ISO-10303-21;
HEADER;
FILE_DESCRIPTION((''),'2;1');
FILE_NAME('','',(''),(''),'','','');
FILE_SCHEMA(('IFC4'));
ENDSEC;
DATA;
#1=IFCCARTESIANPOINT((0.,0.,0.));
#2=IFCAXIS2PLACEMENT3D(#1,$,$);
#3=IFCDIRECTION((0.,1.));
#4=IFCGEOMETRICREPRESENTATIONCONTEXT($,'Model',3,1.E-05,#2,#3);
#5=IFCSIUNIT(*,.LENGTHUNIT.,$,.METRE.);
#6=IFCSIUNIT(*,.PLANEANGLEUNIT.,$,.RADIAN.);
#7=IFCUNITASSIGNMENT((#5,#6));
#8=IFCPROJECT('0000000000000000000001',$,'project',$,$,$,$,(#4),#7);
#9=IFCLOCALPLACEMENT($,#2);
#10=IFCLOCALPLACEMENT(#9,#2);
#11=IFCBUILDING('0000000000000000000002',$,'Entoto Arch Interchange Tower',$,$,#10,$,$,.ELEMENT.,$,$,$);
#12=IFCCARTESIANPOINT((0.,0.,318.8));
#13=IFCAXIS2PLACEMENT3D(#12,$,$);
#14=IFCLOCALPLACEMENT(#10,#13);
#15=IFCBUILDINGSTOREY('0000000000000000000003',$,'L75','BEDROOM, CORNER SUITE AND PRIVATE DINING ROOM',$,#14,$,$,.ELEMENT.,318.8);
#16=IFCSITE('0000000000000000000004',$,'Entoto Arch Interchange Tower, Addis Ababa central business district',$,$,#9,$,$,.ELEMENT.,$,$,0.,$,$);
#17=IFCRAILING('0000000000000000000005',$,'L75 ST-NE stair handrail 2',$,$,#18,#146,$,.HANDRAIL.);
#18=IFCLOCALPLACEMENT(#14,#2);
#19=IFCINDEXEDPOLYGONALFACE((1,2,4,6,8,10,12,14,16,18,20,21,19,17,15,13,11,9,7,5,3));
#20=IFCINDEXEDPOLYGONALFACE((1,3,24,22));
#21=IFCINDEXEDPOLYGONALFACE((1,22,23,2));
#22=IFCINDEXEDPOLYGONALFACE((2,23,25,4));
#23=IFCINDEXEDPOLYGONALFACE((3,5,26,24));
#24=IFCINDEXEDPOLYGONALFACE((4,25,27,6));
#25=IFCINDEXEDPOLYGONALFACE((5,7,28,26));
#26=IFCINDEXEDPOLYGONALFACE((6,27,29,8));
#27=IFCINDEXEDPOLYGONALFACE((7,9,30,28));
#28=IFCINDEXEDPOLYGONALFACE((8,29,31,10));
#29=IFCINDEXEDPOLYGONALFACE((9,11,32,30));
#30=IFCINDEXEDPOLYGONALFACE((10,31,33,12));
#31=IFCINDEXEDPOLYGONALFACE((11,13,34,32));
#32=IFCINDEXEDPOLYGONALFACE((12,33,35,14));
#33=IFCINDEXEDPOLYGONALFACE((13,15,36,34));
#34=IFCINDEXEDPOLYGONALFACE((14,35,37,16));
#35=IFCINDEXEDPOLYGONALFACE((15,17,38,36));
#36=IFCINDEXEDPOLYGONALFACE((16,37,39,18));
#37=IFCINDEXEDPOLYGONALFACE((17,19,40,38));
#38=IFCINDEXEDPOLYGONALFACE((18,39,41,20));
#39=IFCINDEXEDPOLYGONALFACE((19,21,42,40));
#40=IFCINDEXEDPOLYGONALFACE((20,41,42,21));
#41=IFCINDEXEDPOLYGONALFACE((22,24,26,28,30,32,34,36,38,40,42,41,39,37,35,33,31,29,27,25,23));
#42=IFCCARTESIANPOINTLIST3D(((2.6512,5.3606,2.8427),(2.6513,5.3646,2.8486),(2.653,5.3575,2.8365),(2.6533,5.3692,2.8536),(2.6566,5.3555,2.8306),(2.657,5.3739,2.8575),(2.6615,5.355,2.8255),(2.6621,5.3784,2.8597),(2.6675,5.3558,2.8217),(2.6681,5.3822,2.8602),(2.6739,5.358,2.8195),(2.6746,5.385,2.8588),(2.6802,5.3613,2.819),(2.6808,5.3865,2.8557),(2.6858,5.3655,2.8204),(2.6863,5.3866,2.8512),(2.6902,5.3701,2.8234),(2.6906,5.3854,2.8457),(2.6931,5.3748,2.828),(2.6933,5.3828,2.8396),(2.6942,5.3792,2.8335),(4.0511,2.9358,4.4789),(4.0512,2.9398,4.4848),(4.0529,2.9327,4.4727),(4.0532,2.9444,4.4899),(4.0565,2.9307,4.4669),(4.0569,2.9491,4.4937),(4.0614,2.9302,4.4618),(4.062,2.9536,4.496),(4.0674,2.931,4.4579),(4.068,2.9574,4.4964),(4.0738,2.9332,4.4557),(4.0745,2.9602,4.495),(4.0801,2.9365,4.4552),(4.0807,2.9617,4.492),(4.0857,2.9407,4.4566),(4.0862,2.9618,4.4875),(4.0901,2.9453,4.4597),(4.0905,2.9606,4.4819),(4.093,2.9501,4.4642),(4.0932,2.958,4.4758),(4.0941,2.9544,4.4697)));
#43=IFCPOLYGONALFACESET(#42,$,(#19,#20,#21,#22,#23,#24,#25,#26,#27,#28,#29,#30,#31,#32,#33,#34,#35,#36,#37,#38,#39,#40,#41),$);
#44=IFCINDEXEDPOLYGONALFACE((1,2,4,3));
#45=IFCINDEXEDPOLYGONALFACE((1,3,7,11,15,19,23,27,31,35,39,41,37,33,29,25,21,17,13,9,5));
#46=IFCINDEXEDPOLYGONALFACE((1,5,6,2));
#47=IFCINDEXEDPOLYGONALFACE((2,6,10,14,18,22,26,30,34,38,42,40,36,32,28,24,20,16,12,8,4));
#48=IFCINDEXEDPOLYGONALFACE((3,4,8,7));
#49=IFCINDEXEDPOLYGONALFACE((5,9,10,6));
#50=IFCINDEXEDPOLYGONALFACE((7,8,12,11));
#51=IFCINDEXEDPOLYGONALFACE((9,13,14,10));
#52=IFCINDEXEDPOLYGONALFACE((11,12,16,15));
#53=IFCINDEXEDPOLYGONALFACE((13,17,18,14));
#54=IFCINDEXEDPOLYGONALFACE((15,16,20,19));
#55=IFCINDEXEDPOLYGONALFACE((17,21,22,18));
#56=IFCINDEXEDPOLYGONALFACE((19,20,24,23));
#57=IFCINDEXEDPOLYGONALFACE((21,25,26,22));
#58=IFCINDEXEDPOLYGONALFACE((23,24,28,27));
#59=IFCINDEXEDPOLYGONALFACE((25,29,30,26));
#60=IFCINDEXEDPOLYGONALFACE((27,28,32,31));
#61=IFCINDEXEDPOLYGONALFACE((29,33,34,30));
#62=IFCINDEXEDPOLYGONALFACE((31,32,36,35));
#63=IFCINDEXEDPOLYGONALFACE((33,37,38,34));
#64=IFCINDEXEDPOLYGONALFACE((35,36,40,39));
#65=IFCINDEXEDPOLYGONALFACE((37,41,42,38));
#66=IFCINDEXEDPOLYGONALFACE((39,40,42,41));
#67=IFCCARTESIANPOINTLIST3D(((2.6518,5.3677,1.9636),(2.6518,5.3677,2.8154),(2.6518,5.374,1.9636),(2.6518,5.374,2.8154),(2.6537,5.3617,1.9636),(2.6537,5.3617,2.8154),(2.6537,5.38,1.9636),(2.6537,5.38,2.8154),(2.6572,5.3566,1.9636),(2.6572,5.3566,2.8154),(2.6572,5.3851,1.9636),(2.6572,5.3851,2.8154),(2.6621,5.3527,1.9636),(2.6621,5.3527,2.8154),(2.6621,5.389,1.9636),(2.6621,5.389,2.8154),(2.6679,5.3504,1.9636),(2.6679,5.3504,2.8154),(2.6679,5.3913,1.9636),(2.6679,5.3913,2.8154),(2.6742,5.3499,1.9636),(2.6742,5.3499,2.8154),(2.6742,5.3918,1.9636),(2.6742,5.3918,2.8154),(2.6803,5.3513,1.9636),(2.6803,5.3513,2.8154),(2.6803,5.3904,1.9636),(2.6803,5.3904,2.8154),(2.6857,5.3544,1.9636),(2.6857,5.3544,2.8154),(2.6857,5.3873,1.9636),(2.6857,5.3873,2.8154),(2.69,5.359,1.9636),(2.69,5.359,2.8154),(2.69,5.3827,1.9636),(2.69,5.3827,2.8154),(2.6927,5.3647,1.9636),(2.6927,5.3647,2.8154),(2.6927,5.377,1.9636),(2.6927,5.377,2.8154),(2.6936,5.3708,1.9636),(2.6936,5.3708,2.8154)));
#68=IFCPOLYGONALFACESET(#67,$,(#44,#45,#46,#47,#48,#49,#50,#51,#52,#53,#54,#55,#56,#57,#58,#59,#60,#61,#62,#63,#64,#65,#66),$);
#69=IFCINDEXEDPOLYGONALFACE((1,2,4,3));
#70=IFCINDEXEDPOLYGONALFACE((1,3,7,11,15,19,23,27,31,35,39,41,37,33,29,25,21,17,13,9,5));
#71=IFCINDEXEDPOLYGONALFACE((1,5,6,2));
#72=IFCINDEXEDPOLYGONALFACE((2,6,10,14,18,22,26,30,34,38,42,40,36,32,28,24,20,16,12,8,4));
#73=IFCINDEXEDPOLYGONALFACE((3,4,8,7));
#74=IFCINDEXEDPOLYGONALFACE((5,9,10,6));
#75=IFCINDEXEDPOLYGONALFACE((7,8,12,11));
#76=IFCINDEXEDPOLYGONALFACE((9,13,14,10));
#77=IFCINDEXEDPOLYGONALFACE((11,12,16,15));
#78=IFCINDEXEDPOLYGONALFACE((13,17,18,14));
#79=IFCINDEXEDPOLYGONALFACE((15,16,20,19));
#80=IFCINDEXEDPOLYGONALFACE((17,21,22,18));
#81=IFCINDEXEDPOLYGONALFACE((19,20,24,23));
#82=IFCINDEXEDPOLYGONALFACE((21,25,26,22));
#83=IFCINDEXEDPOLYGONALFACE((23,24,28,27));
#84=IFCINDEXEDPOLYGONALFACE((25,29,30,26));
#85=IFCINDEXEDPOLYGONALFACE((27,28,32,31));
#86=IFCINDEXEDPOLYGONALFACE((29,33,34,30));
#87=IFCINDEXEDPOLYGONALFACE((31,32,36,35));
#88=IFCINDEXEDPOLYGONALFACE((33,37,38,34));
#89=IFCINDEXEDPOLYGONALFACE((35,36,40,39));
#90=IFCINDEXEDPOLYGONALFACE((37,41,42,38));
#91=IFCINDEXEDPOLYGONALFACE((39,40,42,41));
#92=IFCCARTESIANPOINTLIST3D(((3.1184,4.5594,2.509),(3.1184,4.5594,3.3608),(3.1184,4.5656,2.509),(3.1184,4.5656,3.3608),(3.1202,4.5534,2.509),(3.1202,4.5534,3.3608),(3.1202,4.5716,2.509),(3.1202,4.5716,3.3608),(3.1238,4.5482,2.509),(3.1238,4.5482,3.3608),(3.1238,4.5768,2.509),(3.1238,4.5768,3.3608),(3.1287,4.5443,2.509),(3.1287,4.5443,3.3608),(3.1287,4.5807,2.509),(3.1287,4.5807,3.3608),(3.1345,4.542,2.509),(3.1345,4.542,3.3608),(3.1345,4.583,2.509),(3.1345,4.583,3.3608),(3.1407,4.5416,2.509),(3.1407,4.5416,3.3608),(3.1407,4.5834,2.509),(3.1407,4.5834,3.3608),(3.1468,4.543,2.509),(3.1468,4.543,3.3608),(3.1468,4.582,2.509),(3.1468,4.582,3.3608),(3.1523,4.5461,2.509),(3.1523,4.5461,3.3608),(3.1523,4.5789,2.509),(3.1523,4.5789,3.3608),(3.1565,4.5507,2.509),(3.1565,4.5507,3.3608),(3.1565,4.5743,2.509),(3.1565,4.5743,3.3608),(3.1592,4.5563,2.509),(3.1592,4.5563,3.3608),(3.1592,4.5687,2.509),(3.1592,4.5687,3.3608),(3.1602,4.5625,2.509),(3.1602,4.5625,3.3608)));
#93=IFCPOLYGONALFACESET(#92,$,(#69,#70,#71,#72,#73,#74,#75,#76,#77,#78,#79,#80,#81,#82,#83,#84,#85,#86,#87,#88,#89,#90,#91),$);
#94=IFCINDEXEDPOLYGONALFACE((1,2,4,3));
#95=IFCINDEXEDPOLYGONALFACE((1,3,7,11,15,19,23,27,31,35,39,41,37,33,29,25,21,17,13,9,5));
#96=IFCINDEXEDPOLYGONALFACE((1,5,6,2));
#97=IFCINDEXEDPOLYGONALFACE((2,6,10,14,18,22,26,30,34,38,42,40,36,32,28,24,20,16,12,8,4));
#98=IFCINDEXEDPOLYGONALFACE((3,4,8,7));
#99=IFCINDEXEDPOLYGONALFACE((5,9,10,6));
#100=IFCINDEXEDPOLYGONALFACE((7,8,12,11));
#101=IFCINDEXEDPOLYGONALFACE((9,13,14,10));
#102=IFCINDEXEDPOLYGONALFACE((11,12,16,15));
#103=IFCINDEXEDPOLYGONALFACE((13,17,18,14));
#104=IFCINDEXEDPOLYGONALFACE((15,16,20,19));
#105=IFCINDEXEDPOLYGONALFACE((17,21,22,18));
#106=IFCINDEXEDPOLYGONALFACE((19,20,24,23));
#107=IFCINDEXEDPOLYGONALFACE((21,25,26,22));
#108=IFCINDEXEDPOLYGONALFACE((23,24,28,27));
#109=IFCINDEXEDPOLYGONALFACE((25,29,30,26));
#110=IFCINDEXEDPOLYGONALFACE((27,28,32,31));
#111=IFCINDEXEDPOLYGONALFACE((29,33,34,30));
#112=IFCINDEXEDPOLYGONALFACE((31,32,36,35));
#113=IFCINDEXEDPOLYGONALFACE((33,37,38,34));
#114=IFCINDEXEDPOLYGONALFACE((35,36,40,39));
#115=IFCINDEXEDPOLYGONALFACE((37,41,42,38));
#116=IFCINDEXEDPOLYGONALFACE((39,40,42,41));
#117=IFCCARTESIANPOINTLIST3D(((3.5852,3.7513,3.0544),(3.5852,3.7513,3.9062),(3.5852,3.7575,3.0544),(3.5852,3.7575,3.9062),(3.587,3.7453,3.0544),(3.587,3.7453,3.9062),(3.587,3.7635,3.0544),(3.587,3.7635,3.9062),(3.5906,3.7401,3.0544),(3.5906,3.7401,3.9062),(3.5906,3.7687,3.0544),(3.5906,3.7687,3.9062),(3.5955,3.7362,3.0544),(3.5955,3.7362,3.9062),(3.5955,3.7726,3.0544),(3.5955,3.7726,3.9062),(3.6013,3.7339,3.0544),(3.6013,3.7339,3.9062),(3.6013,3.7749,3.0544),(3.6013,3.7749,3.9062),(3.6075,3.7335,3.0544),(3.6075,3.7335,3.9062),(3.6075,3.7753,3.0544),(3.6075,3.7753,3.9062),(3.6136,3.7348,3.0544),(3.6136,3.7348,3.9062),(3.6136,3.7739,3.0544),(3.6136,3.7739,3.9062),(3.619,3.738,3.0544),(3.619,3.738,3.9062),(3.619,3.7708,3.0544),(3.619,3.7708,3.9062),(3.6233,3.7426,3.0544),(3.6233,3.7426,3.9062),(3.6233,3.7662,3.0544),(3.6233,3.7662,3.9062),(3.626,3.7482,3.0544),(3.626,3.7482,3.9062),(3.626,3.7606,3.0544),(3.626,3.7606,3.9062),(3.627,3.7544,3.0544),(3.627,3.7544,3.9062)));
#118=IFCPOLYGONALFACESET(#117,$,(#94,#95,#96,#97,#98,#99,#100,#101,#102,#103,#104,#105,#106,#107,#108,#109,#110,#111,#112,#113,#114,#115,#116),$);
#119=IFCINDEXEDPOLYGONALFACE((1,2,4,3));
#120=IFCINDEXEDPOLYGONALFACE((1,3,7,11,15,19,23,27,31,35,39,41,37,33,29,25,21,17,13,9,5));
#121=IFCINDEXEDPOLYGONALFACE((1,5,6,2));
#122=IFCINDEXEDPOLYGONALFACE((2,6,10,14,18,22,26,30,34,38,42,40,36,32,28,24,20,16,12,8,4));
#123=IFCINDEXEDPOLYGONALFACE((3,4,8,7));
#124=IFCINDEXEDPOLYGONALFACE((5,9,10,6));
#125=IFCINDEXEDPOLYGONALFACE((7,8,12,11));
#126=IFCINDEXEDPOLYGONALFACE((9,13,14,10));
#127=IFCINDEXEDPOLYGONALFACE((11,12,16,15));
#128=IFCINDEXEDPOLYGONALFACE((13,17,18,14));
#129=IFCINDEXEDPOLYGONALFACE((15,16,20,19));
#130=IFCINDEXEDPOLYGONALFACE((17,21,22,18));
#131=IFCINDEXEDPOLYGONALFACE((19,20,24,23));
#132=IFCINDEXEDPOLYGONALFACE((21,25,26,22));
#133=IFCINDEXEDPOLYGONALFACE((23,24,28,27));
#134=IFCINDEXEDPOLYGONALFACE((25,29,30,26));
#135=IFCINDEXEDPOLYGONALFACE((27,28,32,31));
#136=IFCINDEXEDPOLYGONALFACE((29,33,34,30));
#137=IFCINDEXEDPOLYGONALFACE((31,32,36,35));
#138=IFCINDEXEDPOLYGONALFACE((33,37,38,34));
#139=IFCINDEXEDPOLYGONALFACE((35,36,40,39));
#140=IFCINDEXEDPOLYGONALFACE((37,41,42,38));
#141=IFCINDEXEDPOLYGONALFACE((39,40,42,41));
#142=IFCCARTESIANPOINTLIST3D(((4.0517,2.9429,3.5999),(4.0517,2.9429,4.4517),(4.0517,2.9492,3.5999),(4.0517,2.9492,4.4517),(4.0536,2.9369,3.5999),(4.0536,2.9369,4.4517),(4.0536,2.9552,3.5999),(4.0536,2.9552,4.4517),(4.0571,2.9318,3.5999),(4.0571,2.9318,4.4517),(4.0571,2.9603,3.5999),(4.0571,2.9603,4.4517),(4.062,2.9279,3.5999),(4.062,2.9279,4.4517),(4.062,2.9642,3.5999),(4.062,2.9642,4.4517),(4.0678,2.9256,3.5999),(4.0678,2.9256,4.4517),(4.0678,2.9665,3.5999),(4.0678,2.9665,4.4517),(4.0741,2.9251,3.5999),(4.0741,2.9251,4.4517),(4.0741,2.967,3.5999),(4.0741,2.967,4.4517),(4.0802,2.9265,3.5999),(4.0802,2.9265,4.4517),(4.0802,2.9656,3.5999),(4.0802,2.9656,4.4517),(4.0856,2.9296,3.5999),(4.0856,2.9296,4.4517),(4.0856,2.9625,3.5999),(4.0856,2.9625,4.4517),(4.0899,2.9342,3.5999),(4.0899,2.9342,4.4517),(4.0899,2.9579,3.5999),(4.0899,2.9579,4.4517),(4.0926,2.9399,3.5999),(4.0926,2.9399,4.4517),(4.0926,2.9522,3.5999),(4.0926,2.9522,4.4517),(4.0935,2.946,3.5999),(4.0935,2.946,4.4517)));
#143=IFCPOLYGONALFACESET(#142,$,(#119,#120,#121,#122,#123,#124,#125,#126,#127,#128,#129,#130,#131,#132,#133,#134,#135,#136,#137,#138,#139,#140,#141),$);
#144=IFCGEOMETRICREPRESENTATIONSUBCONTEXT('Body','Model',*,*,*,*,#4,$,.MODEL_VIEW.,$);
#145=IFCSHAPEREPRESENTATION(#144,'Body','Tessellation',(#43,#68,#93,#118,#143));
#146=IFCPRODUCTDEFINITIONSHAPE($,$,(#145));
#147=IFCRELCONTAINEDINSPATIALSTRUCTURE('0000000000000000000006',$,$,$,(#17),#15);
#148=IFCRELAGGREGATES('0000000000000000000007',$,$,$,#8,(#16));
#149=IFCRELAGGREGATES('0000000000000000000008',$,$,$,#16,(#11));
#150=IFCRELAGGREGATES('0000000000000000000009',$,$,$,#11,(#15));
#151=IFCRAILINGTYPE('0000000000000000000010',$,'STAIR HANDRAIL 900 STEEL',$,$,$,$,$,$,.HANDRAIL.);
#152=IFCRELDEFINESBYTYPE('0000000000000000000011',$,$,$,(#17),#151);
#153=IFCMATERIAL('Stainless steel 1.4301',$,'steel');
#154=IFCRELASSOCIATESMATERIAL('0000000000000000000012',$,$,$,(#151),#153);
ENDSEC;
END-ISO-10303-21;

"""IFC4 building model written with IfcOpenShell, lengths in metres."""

from ifc_helpers import new_model, si_unit, direction, frame, origin, origin_2d, place, context, subcontext, project, spatial, circle, extrude, material, type_object, element, save


model = new_model("IFC4")

# Units and contexts
model_context = context("Model", 3, precision=1e-05, world=origin(), true_north=direction((0.0, 1.0)))
body_context = subcontext(model_context, "Body", "Model", "MODEL_VIEW")
ifc_project = project(units=[si_unit("LENGTHUNIT", "METRE"), si_unit("PLANEANGLEUNIT", "RADIAN")], contexts=[model_context])

# Site, building, storey
site_placement = place(None, origin())
site = spatial("IfcSite", under=ifc_project, at=site_placement, Name="Entoto Arch Interchange Tower, Addis Ababa central business district", CompositionType="ELEMENT", RefElevation=0.0)
building_placement = place(site_placement, origin())
building = spatial("IfcBuilding", under=site, at=building_placement, Name="Entoto Arch Interchange Tower", CompositionType="ELEMENT")
storey_placement = place(building_placement, frame((0.0, 0.0, 318.8)))
storey = spatial("IfcBuildingStorey", under=building, at=storey_placement, Name="L75", Description="BEDROOM, CORNER SUITE AND PRIVATE DINING ROOM", CompositionType="ELEMENT", Elevation=318.8)

# Railing
ifc_material_1 = material(Name="Stainless steel 1.4301", Category="steel")
railing_type_1 = type_object("IfcRailingType", Name="STAIR HANDRAIL 900 STEEL", PredefinedType="HANDRAIL", material=ifc_material_1)
railing_1_placement = place(storey_placement, frame((2.6726, 5.3708, 1.9636)))
element("IfcRailing", 1, at=railing_1_placement, inside=storey, type_object=railing_type_1, Name="L75 ST-NE stair handrail 2", PredefinedType="HANDRAIL", context=body_context, shape_type="SweptSolid", body=[
    extrude(circle(Radius=0.0239, at=origin_2d()), frame((0.0, 0.0, 0.876), z_axis=(0.431677, -0.747718, 0.504552), x_axis=(0.866035, 0.499984, 0.0)), (0.0, 0.0, 1.0), 3.2429),
    extrude(circle(Radius=0.021, at=origin_2d()), origin(), (0.0, 0.0, 1.0), 0.8518),
    extrude(circle(Radius=0.021, at=origin_2d()), frame((0.4666, -0.8083, 0.5454)), (0.0, 0.0, 1.0), 0.8518),
    extrude(circle(Radius=0.021, at=origin_2d()), frame((0.9333, -1.6165, 1.0908)), (0.0, 0.0, 1.0), 0.8518),
    extrude(circle(Radius=0.021, at=origin_2d()), frame((1.3999, -2.4248, 1.6362)), (0.0, 0.0, 1.0), 0.8518),
])

save(model, "model.ifc")
